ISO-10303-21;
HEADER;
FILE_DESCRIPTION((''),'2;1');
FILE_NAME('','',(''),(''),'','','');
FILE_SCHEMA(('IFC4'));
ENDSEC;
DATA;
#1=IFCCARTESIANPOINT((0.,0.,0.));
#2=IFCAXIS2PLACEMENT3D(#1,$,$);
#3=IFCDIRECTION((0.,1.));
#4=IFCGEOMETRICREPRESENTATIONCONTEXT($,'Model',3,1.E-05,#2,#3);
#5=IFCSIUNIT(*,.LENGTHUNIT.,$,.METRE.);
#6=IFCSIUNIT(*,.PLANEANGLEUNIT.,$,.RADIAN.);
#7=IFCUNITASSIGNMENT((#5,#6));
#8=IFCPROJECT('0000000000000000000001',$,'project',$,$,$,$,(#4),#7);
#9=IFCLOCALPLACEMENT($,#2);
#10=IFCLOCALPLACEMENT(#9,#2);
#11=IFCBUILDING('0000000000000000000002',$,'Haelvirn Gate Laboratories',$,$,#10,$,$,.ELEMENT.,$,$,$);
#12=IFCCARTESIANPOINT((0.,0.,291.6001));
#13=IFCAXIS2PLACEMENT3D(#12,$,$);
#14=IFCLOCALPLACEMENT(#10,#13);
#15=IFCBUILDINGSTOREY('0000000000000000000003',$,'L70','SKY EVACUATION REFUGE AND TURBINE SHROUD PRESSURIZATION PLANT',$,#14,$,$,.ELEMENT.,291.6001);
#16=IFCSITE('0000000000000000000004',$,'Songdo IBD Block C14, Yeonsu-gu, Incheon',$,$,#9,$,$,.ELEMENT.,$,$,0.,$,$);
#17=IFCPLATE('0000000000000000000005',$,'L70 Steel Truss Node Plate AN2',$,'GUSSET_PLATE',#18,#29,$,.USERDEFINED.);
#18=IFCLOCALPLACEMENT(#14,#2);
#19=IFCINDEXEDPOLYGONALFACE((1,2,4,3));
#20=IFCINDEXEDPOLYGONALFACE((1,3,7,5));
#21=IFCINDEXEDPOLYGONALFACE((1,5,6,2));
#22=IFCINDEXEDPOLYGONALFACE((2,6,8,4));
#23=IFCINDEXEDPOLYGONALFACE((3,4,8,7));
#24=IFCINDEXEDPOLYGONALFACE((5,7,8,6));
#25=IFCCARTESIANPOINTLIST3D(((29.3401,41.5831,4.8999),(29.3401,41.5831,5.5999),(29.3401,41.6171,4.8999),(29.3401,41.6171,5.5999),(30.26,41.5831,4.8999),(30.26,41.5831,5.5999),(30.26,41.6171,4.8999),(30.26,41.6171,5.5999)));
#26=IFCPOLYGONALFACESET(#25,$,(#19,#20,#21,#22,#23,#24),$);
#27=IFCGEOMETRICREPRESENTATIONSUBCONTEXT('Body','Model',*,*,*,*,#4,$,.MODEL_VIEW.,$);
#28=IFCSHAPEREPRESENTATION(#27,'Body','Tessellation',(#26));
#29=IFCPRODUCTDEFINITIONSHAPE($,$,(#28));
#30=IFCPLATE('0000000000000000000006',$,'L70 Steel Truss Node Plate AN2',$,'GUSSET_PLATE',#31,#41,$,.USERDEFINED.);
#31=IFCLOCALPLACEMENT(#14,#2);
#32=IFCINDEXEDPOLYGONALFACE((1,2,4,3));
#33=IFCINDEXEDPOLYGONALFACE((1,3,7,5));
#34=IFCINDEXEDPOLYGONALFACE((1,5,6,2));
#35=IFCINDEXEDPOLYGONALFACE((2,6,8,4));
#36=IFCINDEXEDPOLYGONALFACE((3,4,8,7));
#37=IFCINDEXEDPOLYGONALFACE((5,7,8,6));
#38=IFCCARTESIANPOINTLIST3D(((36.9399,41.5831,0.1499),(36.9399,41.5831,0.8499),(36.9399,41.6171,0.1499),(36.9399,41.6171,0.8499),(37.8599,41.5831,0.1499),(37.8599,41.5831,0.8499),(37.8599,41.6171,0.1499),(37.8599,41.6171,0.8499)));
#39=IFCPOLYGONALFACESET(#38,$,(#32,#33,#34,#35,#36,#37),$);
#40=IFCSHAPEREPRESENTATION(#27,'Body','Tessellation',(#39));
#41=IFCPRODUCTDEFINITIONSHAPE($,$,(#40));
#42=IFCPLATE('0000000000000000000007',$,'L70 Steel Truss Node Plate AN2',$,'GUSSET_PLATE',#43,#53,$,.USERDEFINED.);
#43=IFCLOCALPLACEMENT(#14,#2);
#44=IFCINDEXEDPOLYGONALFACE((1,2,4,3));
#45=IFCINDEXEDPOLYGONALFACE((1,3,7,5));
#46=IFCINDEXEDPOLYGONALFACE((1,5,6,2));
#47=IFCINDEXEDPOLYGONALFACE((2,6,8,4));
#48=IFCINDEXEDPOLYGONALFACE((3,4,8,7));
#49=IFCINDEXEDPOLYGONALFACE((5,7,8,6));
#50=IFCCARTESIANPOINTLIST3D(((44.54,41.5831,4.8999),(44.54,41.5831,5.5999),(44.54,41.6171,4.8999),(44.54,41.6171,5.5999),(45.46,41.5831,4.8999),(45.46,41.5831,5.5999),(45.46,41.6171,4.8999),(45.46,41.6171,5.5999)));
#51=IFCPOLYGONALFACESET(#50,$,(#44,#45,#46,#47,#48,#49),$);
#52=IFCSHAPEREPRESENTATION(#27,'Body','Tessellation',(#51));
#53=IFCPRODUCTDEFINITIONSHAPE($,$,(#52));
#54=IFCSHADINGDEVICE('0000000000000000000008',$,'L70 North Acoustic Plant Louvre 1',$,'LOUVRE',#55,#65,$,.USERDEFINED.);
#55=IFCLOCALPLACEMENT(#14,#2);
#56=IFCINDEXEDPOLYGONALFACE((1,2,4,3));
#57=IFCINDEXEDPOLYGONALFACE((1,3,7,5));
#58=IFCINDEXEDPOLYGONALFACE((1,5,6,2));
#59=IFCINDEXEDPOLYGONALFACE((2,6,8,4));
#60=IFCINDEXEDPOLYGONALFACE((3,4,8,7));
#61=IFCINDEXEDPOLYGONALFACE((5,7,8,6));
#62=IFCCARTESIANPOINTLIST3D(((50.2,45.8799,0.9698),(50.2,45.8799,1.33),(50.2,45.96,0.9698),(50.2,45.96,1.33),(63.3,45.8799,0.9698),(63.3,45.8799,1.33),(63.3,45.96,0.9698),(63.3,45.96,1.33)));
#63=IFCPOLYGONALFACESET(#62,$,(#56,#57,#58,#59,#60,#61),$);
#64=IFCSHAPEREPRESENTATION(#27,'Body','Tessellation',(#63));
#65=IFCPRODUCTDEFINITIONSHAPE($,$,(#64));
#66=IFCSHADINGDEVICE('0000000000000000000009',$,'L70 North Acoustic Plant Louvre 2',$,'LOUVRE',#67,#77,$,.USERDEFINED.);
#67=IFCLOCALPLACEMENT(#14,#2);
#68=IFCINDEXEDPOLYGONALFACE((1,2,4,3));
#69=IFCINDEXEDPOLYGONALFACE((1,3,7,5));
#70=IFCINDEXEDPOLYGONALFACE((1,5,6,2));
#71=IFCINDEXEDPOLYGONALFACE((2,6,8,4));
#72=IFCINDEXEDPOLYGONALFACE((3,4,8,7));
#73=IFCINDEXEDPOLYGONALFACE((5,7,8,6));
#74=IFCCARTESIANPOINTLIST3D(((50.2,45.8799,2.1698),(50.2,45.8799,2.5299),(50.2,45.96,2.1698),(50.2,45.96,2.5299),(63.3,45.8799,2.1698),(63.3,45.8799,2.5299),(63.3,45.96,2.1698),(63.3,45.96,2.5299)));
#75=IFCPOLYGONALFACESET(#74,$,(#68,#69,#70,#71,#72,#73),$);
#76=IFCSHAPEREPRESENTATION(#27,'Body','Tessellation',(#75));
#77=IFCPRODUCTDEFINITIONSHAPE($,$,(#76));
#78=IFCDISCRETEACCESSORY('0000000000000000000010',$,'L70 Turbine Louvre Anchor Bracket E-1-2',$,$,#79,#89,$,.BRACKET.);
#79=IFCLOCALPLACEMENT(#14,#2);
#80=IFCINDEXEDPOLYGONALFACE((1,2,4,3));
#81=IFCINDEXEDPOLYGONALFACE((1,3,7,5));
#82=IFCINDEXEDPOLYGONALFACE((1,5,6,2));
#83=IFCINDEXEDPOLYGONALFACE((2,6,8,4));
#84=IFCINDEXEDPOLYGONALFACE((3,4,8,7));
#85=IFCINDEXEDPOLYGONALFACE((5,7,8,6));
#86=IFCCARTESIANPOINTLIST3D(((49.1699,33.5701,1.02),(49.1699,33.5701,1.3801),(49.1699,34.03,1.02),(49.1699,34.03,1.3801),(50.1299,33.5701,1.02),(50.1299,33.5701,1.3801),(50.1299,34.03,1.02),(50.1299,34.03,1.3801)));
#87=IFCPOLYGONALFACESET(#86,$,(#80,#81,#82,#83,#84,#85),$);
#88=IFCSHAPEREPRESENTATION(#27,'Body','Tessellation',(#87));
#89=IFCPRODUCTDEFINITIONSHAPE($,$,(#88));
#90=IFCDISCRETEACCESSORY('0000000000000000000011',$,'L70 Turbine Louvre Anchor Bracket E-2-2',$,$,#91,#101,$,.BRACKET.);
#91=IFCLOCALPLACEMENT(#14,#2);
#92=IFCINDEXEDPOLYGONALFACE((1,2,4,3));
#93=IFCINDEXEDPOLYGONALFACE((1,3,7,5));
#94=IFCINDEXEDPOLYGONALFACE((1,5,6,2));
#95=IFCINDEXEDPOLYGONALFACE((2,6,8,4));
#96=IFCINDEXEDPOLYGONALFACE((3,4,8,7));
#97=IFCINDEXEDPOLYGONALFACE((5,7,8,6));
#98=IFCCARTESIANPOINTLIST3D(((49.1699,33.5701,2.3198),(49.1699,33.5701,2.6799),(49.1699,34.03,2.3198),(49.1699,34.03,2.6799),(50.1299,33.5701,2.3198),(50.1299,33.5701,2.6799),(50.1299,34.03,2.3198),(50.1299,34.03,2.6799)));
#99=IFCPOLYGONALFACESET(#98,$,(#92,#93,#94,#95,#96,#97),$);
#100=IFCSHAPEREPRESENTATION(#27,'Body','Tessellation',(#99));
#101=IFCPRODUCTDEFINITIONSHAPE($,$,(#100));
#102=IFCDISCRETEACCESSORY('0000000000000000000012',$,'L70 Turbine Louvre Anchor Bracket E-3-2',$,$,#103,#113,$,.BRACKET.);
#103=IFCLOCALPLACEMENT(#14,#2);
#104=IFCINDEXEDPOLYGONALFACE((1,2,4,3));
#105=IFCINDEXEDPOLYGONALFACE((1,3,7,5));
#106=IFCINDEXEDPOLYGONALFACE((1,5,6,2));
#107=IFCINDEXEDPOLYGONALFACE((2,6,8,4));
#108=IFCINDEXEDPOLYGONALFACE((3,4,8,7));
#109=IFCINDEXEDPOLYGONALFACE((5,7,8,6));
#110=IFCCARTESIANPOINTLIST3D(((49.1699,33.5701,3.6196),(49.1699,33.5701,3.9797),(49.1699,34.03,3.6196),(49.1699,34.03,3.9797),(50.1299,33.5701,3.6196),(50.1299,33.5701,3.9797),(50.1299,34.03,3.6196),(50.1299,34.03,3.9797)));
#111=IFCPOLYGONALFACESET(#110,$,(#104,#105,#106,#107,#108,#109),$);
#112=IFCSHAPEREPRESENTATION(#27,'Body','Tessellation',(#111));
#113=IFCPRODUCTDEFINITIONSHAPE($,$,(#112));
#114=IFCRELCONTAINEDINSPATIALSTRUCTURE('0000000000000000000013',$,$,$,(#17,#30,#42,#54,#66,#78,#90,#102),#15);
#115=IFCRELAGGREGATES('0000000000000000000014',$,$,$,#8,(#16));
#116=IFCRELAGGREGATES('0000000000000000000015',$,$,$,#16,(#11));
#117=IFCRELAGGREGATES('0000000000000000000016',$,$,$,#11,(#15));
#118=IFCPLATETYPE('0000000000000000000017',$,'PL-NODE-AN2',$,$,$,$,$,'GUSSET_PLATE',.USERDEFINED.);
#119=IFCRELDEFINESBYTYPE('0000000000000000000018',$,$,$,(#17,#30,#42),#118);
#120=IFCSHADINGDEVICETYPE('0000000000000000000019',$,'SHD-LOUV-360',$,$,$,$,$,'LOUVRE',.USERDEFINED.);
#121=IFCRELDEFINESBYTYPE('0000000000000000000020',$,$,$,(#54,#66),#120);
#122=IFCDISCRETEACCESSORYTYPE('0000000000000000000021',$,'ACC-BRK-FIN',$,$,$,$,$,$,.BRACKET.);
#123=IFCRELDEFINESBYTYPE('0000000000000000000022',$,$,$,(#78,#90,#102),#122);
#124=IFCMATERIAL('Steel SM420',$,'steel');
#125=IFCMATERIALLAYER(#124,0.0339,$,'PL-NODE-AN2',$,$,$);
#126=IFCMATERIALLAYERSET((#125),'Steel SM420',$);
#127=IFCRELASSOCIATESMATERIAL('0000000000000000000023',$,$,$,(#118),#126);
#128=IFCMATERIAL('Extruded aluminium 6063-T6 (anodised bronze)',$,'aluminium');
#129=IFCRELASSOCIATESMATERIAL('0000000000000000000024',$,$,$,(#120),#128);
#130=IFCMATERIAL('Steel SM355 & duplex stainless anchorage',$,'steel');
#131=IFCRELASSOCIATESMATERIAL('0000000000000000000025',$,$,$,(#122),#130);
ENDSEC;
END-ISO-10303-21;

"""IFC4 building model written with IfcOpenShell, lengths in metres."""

from ifc_helpers import new_model, si_unit, direction, frame, origin, origin_2d, place, context, subcontext, project, spatial, rectangle, extrude, source, transform, mapped, material, layer, layer_set, material_profile, profile_set, type_object, type_shapes, element, save


model = new_model("IFC4")

# Units and contexts
model_context = context("Model", 3, precision=1e-05, world=origin(), true_north=direction((0.0, 1.0)))
body_context = subcontext(model_context, "Body", "Model", "MODEL_VIEW")
ifc_project = project(units=[si_unit("LENGTHUNIT", "METRE"), si_unit("PLANEANGLEUNIT", "RADIAN")], contexts=[model_context])

# Site, building, storey
site_placement = place(None, origin())
site = spatial("IfcSite", under=ifc_project, at=site_placement, Name="Songdo IBD Block C14, Yeonsu-gu, Incheon", CompositionType="ELEMENT", RefElevation=0.0)
building_placement = place(site_placement, origin())
building = spatial("IfcBuilding", under=site, at=building_placement, Name="Haelvirn Gate Laboratories", CompositionType="ELEMENT")
storey_placement = place(building_placement, frame((0.0, 0.0, 291.6001)))
storey = spatial("IfcBuildingStorey", under=building, at=storey_placement, Name="L70", Description="SKY EVACUATION REFUGE AND TURBINE SHROUD PRESSURIZATION PLANT", CompositionType="ELEMENT", Elevation=291.6001)

# Shared definitions
ifc_material_1 = material(Name="Steel SM420", Category="steel")

# Shared definitions
ifc_material_2 = material(Name="Extruded aluminium 6063-T6 (anodised bronze)", Category="aluminium")

# Plates
ifc_layer_1 = layer(ifc_material_1, 0.0339, Name="PL-NODE-AN2")
ifc_layer_set_1 = layer_set([ifc_layer_1], Name="Steel SM420")
plate_type = type_object("IfcPlateType", Name="PL-NODE-AN2", ElementType="GUSSET_PLATE", PredefinedType="USERDEFINED", material=ifc_layer_set_1)
shared_shape_1 = source(origin(), body_context, "Body", "SweptSolid", [
    extrude(rectangle(XDim=0.9199, YDim=0.0339, at=origin_2d()), origin(), (0.0, 0.0, 1.0), 0.7),
])
type_shapes(plate_type, [shared_shape_1])
for number, where, z_axis, x_axis, name in (
    (1, (29.8, 41.6001, 4.8999), (0.0, 0.0, 1.0), (1.0, 0.0, 0.0), "L70 Steel Truss Node Plate AN2"),
    (2, (37.3999, 41.6001, 0.1499), (0.0, 0.0, 1.0), (1.0, 0.0, 0.0), "L70 Steel Truss Node Plate AN2"),
    (3, (45.0, 41.6001, 4.8999), (0.0, 0.0, 1.0), (1.0, 0.0, 0.0), "L70 Steel Truss Node Plate AN2"),
):
    element("IfcPlate", number, at=place(storey_placement, frame(where, z_axis=z_axis, x_axis=x_axis)), inside=storey, type_object=plate_type, Name=name, ObjectType="GUSSET_PLATE", PredefinedType="USERDEFINED", context=body_context, shape_type="MappedRepresentation", body=[
        mapped(shared_shape_1, transform((0.0, 0.0, 0.0), scale=1.0)),
    ])

# Shading devices
ifc_material_profile_1 = material_profile(ifc_material_2, rectangle(XDim=0.0801, YDim=0.3601, at=origin_2d()), Name="LOUV-360x80")
ifc_profile_set_1 = profile_set([ifc_material_profile_1], Name="Extruded aluminium 6063-T6 (anodised bronze)")
shading_device_type = type_object("IfcShadingDeviceType", Name="SHD-LOUV-360", ElementType="LOUVRE", PredefinedType="USERDEFINED", material=ifc_profile_set_1)
shared_shape_2 = source(origin(), body_context, "Body", "SweptSolid", [
    extrude(rectangle(XDim=0.0801, YDim=0.3601, at=origin_2d()), origin(), (0.0, 0.0, 1.0), 13.1001),
])
type_shapes(shading_device_type, [shared_shape_2])
for number, where, z_axis, x_axis, name in (
    (4, (50.2, 45.9199, 1.1499), (1.0, 0.0, 0.0), (0.0, 1.0, 0.0), "L70 North Acoustic Plant Louvre 1"),
    (5, (50.2, 45.9199, 2.3499), (1.0, 0.0, 0.0), (0.0, 1.0, 0.0), "L70 North Acoustic Plant Louvre 2"),
):
    element("IfcShadingDevice", number, at=place(storey_placement, frame(where, z_axis=z_axis, x_axis=x_axis)), inside=storey, type_object=shading_device_type, Name=name, ObjectType="LOUVRE", PredefinedType="USERDEFINED", context=body_context, shape_type="MappedRepresentation", body=[
        mapped(shared_shape_2, transform((0.0, 0.0, 0.0), scale=1.0)),
    ])

# Discrete accessories
ifc_material_3 = material(Name="Steel SM355 & duplex stainless anchorage", Category="steel")
discrete_accessory_type = type_object("IfcDiscreteAccessoryType", Name="ACC-BRK-FIN", PredefinedType="BRACKET", material=ifc_material_3)
shared_shape_3 = source(origin(), body_context, "Body", "SweptSolid", [
    extrude(rectangle(XDim=0.96, YDim=0.46, at=origin_2d()), origin(), (0.0, 0.0, 1.0), 0.3601),
])
type_shapes(discrete_accessory_type, [shared_shape_3])
for number, where, z_axis, x_axis, name in (
    (6, (49.6499, 33.8, 1.02), (0.0, 0.0, 1.0), (1.0, 0.0, 0.0), "L70 Turbine Louvre Anchor Bracket E-1-2"),
    (7, (49.6499, 33.8, 2.3198), (0.0, 0.0, 1.0), (1.0, 0.0, 0.0), "L70 Turbine Louvre Anchor Bracket E-2-2"),
    (8, (49.6499, 33.8, 3.6196), (0.0, 0.0, 1.0), (1.0, 0.0, 0.0), "L70 Turbine Louvre Anchor Bracket E-3-2"),
):
    element("IfcDiscreteAccessory", number, at=place(storey_placement, frame(where, z_axis=z_axis, x_axis=x_axis)), inside=storey, type_object=discrete_accessory_type, Name=name, PredefinedType="BRACKET", context=body_context, shape_type="MappedRepresentation", body=[
        mapped(shared_shape_3, transform((0.0, 0.0, 0.0), scale=1.0)),
    ])

save(model, "model.ifc")
